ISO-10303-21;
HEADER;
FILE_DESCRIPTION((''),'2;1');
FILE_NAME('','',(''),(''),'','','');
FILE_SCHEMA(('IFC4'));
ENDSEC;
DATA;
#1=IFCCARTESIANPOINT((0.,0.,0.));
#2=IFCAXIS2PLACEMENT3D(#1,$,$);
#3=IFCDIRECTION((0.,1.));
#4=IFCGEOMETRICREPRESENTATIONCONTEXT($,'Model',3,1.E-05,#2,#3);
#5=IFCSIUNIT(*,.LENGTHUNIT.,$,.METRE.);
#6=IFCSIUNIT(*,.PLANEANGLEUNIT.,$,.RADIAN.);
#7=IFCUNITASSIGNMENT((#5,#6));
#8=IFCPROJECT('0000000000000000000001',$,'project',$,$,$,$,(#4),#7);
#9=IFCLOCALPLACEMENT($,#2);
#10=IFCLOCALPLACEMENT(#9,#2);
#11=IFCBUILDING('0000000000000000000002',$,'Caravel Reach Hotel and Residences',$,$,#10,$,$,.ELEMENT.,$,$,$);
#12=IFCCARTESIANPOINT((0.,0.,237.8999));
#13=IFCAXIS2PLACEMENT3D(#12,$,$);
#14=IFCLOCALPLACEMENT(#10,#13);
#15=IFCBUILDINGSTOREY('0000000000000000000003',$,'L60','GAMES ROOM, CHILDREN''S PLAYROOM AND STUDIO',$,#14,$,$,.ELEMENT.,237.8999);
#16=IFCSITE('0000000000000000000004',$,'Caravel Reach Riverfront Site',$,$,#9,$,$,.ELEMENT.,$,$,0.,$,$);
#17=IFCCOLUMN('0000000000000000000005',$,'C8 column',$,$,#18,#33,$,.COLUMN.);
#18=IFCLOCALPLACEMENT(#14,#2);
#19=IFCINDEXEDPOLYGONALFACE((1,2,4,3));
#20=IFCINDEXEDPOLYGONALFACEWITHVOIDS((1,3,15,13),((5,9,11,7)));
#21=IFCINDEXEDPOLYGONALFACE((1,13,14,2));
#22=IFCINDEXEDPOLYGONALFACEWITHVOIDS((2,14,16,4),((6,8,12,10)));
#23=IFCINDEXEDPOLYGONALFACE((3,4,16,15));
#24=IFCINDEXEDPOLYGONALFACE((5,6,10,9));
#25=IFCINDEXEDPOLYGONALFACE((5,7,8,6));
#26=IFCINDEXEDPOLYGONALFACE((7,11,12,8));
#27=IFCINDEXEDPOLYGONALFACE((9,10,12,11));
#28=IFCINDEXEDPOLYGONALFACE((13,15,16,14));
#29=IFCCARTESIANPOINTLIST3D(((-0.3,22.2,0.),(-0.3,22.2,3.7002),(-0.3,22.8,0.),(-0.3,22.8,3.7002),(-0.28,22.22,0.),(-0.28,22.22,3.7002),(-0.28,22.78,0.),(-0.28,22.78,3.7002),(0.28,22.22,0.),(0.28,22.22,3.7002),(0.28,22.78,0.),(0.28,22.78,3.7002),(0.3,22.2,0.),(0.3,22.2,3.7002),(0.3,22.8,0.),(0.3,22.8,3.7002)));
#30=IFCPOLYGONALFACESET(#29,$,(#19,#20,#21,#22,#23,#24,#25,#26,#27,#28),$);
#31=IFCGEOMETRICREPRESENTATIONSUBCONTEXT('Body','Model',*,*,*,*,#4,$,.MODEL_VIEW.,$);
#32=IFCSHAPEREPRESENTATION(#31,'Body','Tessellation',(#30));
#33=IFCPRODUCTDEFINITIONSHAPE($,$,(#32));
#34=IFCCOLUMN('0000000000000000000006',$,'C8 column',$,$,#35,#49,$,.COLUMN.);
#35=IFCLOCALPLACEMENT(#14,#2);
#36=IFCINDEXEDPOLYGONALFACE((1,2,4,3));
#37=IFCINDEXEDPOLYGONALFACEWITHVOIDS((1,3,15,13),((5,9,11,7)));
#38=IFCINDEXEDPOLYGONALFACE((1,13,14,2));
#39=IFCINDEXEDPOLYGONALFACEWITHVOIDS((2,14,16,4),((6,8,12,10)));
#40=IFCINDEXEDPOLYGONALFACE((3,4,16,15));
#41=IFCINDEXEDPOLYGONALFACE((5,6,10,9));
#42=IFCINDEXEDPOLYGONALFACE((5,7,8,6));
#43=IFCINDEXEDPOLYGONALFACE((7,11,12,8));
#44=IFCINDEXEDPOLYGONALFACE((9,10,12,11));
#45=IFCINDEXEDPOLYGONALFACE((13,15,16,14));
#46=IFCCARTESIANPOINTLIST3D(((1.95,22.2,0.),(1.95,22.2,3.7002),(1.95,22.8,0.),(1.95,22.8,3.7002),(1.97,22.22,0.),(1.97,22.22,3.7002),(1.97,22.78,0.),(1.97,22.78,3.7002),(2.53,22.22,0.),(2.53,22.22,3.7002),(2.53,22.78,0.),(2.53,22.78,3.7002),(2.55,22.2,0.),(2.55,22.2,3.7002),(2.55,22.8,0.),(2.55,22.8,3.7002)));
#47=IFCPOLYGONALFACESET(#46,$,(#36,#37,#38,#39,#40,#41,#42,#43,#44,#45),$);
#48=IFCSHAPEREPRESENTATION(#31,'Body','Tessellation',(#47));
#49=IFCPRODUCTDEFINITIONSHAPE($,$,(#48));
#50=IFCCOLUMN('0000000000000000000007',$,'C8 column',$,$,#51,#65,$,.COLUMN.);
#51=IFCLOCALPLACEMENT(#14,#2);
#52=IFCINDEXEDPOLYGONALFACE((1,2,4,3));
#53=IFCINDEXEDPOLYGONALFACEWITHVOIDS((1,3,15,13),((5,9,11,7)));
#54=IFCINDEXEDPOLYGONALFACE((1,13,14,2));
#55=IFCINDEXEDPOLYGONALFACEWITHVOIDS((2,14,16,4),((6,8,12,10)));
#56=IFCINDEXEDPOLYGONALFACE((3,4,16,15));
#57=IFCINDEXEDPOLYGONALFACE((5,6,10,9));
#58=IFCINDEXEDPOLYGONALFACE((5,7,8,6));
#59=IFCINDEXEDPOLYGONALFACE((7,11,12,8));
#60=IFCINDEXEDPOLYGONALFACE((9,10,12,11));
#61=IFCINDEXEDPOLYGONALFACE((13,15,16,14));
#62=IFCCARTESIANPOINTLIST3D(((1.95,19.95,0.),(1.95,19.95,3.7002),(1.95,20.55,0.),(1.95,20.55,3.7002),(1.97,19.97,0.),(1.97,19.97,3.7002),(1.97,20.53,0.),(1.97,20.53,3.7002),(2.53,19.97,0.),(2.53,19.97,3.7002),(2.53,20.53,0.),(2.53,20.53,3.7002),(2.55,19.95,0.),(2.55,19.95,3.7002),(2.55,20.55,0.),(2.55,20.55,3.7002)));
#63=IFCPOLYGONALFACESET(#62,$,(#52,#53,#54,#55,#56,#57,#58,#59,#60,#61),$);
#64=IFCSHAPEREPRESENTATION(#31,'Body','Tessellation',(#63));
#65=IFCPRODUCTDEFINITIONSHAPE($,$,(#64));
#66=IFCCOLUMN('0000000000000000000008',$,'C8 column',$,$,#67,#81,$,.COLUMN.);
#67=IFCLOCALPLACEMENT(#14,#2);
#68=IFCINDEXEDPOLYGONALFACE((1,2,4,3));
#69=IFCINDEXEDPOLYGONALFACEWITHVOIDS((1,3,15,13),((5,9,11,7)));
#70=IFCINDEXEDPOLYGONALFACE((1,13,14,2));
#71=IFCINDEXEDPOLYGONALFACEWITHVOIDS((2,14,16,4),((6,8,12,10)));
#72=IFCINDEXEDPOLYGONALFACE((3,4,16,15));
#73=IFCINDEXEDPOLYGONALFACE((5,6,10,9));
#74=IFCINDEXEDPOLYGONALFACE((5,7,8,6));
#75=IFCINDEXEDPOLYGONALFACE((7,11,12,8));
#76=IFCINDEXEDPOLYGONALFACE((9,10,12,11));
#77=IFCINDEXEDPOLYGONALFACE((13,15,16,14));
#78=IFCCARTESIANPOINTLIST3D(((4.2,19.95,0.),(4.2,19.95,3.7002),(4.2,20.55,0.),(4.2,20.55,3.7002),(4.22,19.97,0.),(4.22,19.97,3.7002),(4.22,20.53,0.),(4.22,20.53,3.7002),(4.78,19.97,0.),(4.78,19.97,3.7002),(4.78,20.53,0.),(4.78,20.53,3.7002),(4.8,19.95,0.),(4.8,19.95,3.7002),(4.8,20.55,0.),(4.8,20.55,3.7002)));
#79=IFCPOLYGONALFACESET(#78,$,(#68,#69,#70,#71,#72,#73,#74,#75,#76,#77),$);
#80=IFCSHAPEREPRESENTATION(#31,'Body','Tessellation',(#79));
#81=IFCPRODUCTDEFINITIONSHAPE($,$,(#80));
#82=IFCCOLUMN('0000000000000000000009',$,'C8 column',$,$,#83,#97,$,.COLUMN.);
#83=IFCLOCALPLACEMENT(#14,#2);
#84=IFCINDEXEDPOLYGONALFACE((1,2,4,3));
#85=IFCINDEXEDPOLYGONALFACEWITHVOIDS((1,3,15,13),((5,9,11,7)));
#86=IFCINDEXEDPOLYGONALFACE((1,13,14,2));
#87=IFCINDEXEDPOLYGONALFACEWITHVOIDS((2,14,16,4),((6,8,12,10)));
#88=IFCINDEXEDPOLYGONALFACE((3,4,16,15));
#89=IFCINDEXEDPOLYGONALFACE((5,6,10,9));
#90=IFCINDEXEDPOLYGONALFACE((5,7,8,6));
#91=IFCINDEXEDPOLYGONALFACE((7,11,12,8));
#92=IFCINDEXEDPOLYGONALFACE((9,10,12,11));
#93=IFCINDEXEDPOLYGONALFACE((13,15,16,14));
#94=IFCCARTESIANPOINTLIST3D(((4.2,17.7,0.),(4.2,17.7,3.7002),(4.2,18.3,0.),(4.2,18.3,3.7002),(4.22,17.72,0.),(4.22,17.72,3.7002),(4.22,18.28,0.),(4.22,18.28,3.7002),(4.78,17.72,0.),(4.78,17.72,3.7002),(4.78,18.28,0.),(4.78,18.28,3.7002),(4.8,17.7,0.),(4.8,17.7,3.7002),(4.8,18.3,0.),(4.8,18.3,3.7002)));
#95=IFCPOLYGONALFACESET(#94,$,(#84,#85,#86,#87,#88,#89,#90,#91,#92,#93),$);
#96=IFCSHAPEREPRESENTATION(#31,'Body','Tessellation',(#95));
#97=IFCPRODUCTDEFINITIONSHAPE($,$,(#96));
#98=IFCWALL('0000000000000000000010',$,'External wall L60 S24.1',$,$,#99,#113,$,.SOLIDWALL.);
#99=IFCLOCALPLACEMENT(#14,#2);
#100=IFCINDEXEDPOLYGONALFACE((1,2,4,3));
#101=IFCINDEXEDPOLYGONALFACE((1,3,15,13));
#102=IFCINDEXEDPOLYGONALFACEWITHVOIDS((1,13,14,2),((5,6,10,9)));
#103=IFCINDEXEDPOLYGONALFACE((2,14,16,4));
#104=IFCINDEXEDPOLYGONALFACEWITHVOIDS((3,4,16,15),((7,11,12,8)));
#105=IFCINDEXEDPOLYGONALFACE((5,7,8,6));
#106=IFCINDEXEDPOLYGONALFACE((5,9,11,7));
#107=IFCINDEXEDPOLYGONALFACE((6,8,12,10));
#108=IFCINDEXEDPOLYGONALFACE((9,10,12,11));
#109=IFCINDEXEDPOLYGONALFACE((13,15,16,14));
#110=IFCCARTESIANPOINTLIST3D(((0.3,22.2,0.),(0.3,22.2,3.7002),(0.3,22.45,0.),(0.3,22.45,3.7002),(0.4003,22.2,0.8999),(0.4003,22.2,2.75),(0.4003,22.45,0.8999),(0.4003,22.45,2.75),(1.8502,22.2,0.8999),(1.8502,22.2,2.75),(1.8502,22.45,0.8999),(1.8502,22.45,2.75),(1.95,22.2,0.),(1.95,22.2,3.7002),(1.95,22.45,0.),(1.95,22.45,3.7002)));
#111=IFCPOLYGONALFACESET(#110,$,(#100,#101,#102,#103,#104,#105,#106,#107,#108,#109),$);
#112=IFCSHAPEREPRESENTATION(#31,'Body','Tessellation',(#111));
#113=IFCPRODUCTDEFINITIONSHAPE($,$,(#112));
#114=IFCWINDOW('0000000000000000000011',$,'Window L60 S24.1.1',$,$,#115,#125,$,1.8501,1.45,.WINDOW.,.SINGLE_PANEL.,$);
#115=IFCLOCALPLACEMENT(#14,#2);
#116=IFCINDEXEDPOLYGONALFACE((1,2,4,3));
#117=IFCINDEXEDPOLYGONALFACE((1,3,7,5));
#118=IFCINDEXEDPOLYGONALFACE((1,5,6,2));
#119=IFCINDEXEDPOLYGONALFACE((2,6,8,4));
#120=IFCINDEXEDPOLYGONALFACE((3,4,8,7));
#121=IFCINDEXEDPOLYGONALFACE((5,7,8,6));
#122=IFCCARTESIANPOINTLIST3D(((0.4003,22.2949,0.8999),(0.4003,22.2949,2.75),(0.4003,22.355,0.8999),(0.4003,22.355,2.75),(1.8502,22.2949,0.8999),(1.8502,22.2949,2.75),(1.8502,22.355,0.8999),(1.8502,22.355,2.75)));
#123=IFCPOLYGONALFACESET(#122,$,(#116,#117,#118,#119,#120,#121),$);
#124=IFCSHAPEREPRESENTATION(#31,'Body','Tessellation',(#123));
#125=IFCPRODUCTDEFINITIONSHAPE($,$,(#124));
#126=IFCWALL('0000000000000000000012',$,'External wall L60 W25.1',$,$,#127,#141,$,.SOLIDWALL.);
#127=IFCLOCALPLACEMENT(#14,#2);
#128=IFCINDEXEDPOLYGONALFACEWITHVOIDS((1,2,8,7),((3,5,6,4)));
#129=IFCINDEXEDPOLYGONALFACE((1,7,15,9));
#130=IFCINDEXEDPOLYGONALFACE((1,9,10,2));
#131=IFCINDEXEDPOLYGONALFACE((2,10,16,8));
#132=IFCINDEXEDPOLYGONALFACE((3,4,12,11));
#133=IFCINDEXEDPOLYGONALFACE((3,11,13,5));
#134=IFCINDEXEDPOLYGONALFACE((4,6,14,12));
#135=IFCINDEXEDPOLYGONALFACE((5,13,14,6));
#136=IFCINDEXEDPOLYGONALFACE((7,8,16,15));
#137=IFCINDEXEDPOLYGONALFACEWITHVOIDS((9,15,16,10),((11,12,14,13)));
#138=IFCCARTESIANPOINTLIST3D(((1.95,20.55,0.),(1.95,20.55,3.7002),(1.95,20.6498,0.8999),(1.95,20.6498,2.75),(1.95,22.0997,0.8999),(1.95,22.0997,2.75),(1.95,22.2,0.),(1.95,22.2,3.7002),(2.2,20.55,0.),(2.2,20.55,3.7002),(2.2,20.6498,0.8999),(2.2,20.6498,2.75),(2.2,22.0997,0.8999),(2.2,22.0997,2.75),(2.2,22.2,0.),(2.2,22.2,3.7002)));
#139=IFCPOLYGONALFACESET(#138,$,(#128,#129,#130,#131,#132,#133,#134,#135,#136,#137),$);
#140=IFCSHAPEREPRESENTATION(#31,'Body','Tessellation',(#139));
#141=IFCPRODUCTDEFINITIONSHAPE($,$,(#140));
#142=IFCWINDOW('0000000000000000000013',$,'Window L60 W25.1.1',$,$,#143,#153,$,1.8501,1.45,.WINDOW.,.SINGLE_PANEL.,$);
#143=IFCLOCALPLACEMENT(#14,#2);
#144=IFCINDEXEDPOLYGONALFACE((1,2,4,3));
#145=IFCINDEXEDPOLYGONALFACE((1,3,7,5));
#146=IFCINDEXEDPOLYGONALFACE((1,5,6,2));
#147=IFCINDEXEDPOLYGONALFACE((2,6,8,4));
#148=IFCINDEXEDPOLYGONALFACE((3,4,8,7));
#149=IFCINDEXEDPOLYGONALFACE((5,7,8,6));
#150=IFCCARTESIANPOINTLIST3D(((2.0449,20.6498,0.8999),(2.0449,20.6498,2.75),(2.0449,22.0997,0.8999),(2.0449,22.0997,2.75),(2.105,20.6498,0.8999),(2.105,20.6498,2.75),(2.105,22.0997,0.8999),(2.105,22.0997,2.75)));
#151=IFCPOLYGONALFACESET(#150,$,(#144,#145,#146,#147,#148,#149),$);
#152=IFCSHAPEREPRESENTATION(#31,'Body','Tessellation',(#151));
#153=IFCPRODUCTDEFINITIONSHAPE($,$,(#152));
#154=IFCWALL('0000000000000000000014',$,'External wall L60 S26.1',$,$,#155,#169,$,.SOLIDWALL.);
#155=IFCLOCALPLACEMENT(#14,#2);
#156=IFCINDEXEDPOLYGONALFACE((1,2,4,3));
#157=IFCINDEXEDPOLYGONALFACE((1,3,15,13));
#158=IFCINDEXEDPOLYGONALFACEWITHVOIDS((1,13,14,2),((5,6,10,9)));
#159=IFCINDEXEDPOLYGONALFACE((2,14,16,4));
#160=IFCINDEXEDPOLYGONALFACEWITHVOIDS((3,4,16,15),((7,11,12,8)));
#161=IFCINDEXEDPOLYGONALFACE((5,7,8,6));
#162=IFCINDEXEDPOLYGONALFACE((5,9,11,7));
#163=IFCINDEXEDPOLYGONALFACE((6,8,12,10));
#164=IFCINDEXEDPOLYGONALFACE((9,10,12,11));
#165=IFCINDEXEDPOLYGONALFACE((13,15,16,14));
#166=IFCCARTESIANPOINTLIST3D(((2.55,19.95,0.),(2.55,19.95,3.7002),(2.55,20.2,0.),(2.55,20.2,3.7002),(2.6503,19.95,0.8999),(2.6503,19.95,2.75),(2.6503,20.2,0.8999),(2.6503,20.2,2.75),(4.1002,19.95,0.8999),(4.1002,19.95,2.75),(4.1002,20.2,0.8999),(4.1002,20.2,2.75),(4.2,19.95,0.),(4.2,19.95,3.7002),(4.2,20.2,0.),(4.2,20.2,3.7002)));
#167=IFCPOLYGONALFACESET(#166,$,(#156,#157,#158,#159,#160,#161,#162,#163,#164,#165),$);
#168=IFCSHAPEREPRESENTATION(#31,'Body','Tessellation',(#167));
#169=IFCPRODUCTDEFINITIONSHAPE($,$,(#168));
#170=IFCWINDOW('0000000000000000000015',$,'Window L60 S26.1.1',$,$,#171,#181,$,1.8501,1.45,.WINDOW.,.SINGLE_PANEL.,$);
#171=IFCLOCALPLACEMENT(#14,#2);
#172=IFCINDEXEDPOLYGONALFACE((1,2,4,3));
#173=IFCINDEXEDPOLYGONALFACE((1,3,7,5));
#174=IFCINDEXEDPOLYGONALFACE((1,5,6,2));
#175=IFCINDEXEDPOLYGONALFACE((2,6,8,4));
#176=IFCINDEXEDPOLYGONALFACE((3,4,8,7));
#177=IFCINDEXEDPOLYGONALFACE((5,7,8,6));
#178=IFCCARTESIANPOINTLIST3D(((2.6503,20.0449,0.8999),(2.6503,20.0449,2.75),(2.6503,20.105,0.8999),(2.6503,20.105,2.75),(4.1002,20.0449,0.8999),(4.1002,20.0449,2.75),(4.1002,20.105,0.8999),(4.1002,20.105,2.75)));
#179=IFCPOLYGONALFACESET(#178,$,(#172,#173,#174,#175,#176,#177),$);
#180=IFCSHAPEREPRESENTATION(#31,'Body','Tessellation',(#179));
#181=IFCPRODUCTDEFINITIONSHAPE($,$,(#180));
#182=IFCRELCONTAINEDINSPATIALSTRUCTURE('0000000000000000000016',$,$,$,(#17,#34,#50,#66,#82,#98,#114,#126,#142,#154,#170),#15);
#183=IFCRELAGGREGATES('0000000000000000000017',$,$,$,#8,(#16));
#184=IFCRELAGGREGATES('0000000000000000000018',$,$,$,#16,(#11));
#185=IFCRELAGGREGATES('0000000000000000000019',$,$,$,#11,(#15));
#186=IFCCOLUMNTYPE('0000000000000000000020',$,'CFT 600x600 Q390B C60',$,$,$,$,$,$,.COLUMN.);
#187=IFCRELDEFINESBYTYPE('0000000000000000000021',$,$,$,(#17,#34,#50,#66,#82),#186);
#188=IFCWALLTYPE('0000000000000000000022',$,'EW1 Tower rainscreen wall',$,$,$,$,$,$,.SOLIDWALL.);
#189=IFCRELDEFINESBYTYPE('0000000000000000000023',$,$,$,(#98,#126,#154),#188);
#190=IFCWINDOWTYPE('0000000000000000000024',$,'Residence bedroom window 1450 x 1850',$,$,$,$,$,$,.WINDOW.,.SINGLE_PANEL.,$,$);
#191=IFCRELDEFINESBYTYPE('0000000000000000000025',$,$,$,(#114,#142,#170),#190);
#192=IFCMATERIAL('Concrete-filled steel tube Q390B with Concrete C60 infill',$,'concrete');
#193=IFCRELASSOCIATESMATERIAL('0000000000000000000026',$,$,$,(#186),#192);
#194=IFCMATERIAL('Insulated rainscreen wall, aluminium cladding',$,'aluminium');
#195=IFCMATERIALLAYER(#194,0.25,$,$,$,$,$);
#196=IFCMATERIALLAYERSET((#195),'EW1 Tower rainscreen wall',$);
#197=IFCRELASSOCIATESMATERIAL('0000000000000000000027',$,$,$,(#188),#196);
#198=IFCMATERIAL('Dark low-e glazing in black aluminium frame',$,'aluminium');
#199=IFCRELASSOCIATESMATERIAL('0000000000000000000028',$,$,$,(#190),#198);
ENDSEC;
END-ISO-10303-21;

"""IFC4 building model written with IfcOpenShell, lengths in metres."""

from ifc_helpers import new_model, si_unit, direction, frame, frame_2d, origin, origin_2d, place, context, subcontext, project, spatial, rectangle, hollow_rectangle, extrude, material, layer, layer_set, material_profile, profile_set, type_object, element, fill, save


model = new_model("IFC4")

# Units and contexts
model_context = context("Model", 3, precision=1e-05, world=origin(), true_north=direction((0.0, 1.0)))
body_context = subcontext(model_context, "Body", "Model", "MODEL_VIEW")
ifc_project = project(units=[si_unit("LENGTHUNIT", "METRE"), si_unit("PLANEANGLEUNIT", "RADIAN")], contexts=[model_context])

# Site, building, storey
site_placement = place(None, origin())
site = spatial("IfcSite", under=ifc_project, at=site_placement, Name="Caravel Reach Riverfront Site", CompositionType="ELEMENT", RefElevation=0.0)
building_placement = place(site_placement, origin())
building = spatial("IfcBuilding", under=site, at=building_placement, Name="Caravel Reach Hotel and Residences", CompositionType="ELEMENT")
storey_placement = place(building_placement, frame((0.0, 0.0, 237.8999)))
storey = spatial("IfcBuildingStorey", under=building, at=storey_placement, Name="L60", Description="GAMES ROOM, CHILDREN'S PLAYROOM AND STUDIO", CompositionType="ELEMENT", Elevation=237.8999)

# Columns
ifc_material_1 = material(Name="Concrete-filled steel tube Q390B with Concrete C60 infill", Category="concrete")
ifc_material_profile = material_profile(ifc_material_1, hollow_rectangle(XDim=0.6001, YDim=0.6001, WallThickness=0.02, at=origin_2d()), Name="RHS 600x600x20")
ifc_profile_set = profile_set([ifc_material_profile], Name="Concrete-filled steel tube Q390B with Concrete C60 infill")
column_type = type_object("IfcColumnType", Name="CFT 600x600 Q390B C60", PredefinedType="COLUMN", material=ifc_profile_set)
for number, where, z_axis, x_axis, name in (
    (1, (0.0, 22.5, 0.0), (0.0, 0.0, 1.0), (1.0, 0.0, 0.0), "C8 column"),
    (2, (2.25, 22.5, 0.0), (0.0, 0.0, 1.0), (1.0, 0.0, 0.0), "C8 column"),
    (3, (2.25, 20.25, 0.0), (0.0, 0.0, 1.0), (1.0, 0.0, 0.0), "C8 column"),
    (4, (4.5, 20.25, 0.0), (0.0, 0.0, 1.0), (1.0, 0.0, 0.0), "C8 column"),
    (5, (4.5, 18.0, 0.0), (0.0, 0.0, 1.0), (1.0, 0.0, 0.0), "C8 column"),
):
    element("IfcColumn", number, at=place(storey_placement, frame(where, z_axis=z_axis, x_axis=x_axis)), inside=storey, type_object=column_type, Name=name, PredefinedType="COLUMN", context=body_context, shape_type="SweptSolid", body=[
        extrude(hollow_rectangle(XDim=0.6001, YDim=0.6001, WallThickness=0.02, at=origin_2d()), origin(), (0.0, 0.0, 1.0), 3.7002),
    ])

# Walls, openings, windows
ifc_material_2 = material(Name="Insulated rainscreen wall, aluminium cladding", Category="aluminium")
ifc_layer_1 = layer(ifc_material_2, 0.25)
ifc_layer_set_1 = layer_set([ifc_layer_1], Name="EW1 Tower rainscreen wall")
wall_type_1 = type_object("IfcWallType", Name="EW1 Tower rainscreen wall", PredefinedType="SOLIDWALL", material=ifc_layer_set_1)
wall_1_placement = place(storey_placement, frame((0.3, 22.325, 0.0), z_axis=(0.0, 0.0, 1.0), x_axis=(1.0, 0.0, 0.0)))
wall_1 = element("IfcWall", 6, at=wall_1_placement, inside=storey, type_object=wall_type_1, Name="External wall L60 S24.1", PredefinedType="SOLIDWALL", context=body_context, shape_type="SweptSolid", body=[
    extrude(rectangle(XDim=1.6499, YDim=0.25, at=frame_2d((0.825, 0.0))), origin(), (0.0, 0.0, 1.0), 3.7002),
])
opening_1_placement = place(wall_1_placement, frame((0.1001, 0.0, 0.8999)))
opening_1 = element("IfcOpeningElement", 7, at=opening_1_placement, cuts=wall_1, PredefinedType="OPENING", context=body_context, shape_type="SweptSolid", body=[
    extrude(rectangle(XDim=1.45, YDim=1.8501, at=frame_2d((0.7251, 0.925))), frame((0.0, 0.135, 0.0), z_axis=(0.0, -1.0, 0.0), x_axis=(1.0, 0.0, 0.0)), (0.0, 0.0, 1.0), 0.27),
])
ifc_material_3 = material(Name="Dark low-e glazing in black aluminium frame", Category="aluminium")
window_type = type_object("IfcWindowType", Name="Residence bedroom window 1450 x 1850", PartitioningType="SINGLE_PANEL", PredefinedType="WINDOW", material=ifc_material_3)
window_1_placement = place(opening_1_placement, origin())
window_1 = element("IfcWindow", 8, at=window_1_placement, inside=storey, type_object=window_type, Name="Window L60 S24.1.1", OverallHeight=1.8501, OverallWidth=1.45, PartitioningType="SINGLE_PANEL", PredefinedType="WINDOW", context=body_context, shape_type="SweptSolid", body=[
    extrude(rectangle(XDim=1.45, YDim=1.8501, at=frame_2d((0.7251, 0.925))), frame((0.0, 0.03, 0.0), z_axis=(0.0, -1.0, 0.0), x_axis=(1.0, 0.0, 0.0)), (0.0, 0.0, 1.0), 0.0601),
])
fill(opening_1, window_1)
wall_2_placement = place(storey_placement, frame((2.075, 22.2, 0.0), z_axis=(0.0, 0.0, 1.0), x_axis=(0.0, -1.0, 0.0)))
wall_2 = element("IfcWall", 9, at=wall_2_placement, inside=storey, type_object=wall_type_1, Name="External wall L60 W25.1", PredefinedType="SOLIDWALL", context=body_context, shape_type="SweptSolid", body=[
    extrude(rectangle(XDim=1.6499, YDim=0.25, at=frame_2d((0.825, 0.0))), origin(), (0.0, 0.0, 1.0), 3.7002),
])
opening_2_placement = place(wall_2_placement, frame((0.1001, 0.0, 0.8999)))
opening_2 = element("IfcOpeningElement", 10, at=opening_2_placement, cuts=wall_2, PredefinedType="OPENING", context=body_context, shape_type="SweptSolid", body=[
    extrude(rectangle(XDim=1.45, YDim=1.8501, at=frame_2d((0.7251, 0.925))), frame((0.0, 0.135, 0.0), z_axis=(0.0, -1.0, 0.0), x_axis=(1.0, 0.0, 0.0)), (0.0, 0.0, 1.0), 0.27),
])
window_2_placement = place(opening_2_placement, origin())
window_2 = element("IfcWindow", 11, at=window_2_placement, inside=storey, type_object=window_type, Name="Window L60 W25.1.1", OverallHeight=1.8501, OverallWidth=1.45, PartitioningType="SINGLE_PANEL", PredefinedType="WINDOW", context=body_context, shape_type="SweptSolid", body=[
    extrude(rectangle(XDim=1.45, YDim=1.8501, at=frame_2d((0.7251, 0.925))), frame((0.0, 0.03, 0.0), z_axis=(0.0, -1.0, 0.0), x_axis=(1.0, 0.0, 0.0)), (0.0, 0.0, 1.0), 0.0601),
])
fill(opening_2, window_2)
wall_3_placement = place(storey_placement, frame((2.55, 20.075, 0.0), z_axis=(0.0, 0.0, 1.0), x_axis=(1.0, 0.0, 0.0)))
wall_3 = element("IfcWall", 12, at=wall_3_placement, inside=storey, type_object=wall_type_1, Name="External wall L60 S26.1", PredefinedType="SOLIDWALL", context=body_context, shape_type="SweptSolid", body=[
    extrude(rectangle(XDim=1.6499, YDim=0.25, at=frame_2d((0.825, 0.0))), origin(), (0.0, 0.0, 1.0), 3.7002),
])
opening_3_placement = place(wall_3_placement, frame((0.1001, 0.0, 0.8999)))
opening_3 = element("IfcOpeningElement", 13, at=opening_3_placement, cuts=wall_3, PredefinedType="OPENING", context=body_context, shape_type="SweptSolid", body=[
    extrude(rectangle(XDim=1.45, YDim=1.8501, at=frame_2d((0.7251, 0.925))), frame((0.0, 0.135, 0.0), z_axis=(0.0, -1.0, 0.0), x_axis=(1.0, 0.0, 0.0)), (0.0, 0.0, 1.0), 0.27),
])
window_3_placement = place(opening_3_placement, origin())
window_3 = element("IfcWindow", 14, at=window_3_placement, inside=storey, type_object=window_type, Name="Window L60 S26.1.1", OverallHeight=1.8501, OverallWidth=1.45, PartitioningType="SINGLE_PANEL", PredefinedType="WINDOW", context=body_context, shape_type="SweptSolid", body=[
    extrude(rectangle(XDim=1.45, YDim=1.8501, at=frame_2d((0.7251, 0.925))), frame((0.0, 0.03, 0.0), z_axis=(0.0, -1.0, 0.0), x_axis=(1.0, 0.0, 0.0)), (0.0, 0.0, 1.0), 0.0601),
])
fill(opening_3, window_3)

save(model, "model.ifc")
